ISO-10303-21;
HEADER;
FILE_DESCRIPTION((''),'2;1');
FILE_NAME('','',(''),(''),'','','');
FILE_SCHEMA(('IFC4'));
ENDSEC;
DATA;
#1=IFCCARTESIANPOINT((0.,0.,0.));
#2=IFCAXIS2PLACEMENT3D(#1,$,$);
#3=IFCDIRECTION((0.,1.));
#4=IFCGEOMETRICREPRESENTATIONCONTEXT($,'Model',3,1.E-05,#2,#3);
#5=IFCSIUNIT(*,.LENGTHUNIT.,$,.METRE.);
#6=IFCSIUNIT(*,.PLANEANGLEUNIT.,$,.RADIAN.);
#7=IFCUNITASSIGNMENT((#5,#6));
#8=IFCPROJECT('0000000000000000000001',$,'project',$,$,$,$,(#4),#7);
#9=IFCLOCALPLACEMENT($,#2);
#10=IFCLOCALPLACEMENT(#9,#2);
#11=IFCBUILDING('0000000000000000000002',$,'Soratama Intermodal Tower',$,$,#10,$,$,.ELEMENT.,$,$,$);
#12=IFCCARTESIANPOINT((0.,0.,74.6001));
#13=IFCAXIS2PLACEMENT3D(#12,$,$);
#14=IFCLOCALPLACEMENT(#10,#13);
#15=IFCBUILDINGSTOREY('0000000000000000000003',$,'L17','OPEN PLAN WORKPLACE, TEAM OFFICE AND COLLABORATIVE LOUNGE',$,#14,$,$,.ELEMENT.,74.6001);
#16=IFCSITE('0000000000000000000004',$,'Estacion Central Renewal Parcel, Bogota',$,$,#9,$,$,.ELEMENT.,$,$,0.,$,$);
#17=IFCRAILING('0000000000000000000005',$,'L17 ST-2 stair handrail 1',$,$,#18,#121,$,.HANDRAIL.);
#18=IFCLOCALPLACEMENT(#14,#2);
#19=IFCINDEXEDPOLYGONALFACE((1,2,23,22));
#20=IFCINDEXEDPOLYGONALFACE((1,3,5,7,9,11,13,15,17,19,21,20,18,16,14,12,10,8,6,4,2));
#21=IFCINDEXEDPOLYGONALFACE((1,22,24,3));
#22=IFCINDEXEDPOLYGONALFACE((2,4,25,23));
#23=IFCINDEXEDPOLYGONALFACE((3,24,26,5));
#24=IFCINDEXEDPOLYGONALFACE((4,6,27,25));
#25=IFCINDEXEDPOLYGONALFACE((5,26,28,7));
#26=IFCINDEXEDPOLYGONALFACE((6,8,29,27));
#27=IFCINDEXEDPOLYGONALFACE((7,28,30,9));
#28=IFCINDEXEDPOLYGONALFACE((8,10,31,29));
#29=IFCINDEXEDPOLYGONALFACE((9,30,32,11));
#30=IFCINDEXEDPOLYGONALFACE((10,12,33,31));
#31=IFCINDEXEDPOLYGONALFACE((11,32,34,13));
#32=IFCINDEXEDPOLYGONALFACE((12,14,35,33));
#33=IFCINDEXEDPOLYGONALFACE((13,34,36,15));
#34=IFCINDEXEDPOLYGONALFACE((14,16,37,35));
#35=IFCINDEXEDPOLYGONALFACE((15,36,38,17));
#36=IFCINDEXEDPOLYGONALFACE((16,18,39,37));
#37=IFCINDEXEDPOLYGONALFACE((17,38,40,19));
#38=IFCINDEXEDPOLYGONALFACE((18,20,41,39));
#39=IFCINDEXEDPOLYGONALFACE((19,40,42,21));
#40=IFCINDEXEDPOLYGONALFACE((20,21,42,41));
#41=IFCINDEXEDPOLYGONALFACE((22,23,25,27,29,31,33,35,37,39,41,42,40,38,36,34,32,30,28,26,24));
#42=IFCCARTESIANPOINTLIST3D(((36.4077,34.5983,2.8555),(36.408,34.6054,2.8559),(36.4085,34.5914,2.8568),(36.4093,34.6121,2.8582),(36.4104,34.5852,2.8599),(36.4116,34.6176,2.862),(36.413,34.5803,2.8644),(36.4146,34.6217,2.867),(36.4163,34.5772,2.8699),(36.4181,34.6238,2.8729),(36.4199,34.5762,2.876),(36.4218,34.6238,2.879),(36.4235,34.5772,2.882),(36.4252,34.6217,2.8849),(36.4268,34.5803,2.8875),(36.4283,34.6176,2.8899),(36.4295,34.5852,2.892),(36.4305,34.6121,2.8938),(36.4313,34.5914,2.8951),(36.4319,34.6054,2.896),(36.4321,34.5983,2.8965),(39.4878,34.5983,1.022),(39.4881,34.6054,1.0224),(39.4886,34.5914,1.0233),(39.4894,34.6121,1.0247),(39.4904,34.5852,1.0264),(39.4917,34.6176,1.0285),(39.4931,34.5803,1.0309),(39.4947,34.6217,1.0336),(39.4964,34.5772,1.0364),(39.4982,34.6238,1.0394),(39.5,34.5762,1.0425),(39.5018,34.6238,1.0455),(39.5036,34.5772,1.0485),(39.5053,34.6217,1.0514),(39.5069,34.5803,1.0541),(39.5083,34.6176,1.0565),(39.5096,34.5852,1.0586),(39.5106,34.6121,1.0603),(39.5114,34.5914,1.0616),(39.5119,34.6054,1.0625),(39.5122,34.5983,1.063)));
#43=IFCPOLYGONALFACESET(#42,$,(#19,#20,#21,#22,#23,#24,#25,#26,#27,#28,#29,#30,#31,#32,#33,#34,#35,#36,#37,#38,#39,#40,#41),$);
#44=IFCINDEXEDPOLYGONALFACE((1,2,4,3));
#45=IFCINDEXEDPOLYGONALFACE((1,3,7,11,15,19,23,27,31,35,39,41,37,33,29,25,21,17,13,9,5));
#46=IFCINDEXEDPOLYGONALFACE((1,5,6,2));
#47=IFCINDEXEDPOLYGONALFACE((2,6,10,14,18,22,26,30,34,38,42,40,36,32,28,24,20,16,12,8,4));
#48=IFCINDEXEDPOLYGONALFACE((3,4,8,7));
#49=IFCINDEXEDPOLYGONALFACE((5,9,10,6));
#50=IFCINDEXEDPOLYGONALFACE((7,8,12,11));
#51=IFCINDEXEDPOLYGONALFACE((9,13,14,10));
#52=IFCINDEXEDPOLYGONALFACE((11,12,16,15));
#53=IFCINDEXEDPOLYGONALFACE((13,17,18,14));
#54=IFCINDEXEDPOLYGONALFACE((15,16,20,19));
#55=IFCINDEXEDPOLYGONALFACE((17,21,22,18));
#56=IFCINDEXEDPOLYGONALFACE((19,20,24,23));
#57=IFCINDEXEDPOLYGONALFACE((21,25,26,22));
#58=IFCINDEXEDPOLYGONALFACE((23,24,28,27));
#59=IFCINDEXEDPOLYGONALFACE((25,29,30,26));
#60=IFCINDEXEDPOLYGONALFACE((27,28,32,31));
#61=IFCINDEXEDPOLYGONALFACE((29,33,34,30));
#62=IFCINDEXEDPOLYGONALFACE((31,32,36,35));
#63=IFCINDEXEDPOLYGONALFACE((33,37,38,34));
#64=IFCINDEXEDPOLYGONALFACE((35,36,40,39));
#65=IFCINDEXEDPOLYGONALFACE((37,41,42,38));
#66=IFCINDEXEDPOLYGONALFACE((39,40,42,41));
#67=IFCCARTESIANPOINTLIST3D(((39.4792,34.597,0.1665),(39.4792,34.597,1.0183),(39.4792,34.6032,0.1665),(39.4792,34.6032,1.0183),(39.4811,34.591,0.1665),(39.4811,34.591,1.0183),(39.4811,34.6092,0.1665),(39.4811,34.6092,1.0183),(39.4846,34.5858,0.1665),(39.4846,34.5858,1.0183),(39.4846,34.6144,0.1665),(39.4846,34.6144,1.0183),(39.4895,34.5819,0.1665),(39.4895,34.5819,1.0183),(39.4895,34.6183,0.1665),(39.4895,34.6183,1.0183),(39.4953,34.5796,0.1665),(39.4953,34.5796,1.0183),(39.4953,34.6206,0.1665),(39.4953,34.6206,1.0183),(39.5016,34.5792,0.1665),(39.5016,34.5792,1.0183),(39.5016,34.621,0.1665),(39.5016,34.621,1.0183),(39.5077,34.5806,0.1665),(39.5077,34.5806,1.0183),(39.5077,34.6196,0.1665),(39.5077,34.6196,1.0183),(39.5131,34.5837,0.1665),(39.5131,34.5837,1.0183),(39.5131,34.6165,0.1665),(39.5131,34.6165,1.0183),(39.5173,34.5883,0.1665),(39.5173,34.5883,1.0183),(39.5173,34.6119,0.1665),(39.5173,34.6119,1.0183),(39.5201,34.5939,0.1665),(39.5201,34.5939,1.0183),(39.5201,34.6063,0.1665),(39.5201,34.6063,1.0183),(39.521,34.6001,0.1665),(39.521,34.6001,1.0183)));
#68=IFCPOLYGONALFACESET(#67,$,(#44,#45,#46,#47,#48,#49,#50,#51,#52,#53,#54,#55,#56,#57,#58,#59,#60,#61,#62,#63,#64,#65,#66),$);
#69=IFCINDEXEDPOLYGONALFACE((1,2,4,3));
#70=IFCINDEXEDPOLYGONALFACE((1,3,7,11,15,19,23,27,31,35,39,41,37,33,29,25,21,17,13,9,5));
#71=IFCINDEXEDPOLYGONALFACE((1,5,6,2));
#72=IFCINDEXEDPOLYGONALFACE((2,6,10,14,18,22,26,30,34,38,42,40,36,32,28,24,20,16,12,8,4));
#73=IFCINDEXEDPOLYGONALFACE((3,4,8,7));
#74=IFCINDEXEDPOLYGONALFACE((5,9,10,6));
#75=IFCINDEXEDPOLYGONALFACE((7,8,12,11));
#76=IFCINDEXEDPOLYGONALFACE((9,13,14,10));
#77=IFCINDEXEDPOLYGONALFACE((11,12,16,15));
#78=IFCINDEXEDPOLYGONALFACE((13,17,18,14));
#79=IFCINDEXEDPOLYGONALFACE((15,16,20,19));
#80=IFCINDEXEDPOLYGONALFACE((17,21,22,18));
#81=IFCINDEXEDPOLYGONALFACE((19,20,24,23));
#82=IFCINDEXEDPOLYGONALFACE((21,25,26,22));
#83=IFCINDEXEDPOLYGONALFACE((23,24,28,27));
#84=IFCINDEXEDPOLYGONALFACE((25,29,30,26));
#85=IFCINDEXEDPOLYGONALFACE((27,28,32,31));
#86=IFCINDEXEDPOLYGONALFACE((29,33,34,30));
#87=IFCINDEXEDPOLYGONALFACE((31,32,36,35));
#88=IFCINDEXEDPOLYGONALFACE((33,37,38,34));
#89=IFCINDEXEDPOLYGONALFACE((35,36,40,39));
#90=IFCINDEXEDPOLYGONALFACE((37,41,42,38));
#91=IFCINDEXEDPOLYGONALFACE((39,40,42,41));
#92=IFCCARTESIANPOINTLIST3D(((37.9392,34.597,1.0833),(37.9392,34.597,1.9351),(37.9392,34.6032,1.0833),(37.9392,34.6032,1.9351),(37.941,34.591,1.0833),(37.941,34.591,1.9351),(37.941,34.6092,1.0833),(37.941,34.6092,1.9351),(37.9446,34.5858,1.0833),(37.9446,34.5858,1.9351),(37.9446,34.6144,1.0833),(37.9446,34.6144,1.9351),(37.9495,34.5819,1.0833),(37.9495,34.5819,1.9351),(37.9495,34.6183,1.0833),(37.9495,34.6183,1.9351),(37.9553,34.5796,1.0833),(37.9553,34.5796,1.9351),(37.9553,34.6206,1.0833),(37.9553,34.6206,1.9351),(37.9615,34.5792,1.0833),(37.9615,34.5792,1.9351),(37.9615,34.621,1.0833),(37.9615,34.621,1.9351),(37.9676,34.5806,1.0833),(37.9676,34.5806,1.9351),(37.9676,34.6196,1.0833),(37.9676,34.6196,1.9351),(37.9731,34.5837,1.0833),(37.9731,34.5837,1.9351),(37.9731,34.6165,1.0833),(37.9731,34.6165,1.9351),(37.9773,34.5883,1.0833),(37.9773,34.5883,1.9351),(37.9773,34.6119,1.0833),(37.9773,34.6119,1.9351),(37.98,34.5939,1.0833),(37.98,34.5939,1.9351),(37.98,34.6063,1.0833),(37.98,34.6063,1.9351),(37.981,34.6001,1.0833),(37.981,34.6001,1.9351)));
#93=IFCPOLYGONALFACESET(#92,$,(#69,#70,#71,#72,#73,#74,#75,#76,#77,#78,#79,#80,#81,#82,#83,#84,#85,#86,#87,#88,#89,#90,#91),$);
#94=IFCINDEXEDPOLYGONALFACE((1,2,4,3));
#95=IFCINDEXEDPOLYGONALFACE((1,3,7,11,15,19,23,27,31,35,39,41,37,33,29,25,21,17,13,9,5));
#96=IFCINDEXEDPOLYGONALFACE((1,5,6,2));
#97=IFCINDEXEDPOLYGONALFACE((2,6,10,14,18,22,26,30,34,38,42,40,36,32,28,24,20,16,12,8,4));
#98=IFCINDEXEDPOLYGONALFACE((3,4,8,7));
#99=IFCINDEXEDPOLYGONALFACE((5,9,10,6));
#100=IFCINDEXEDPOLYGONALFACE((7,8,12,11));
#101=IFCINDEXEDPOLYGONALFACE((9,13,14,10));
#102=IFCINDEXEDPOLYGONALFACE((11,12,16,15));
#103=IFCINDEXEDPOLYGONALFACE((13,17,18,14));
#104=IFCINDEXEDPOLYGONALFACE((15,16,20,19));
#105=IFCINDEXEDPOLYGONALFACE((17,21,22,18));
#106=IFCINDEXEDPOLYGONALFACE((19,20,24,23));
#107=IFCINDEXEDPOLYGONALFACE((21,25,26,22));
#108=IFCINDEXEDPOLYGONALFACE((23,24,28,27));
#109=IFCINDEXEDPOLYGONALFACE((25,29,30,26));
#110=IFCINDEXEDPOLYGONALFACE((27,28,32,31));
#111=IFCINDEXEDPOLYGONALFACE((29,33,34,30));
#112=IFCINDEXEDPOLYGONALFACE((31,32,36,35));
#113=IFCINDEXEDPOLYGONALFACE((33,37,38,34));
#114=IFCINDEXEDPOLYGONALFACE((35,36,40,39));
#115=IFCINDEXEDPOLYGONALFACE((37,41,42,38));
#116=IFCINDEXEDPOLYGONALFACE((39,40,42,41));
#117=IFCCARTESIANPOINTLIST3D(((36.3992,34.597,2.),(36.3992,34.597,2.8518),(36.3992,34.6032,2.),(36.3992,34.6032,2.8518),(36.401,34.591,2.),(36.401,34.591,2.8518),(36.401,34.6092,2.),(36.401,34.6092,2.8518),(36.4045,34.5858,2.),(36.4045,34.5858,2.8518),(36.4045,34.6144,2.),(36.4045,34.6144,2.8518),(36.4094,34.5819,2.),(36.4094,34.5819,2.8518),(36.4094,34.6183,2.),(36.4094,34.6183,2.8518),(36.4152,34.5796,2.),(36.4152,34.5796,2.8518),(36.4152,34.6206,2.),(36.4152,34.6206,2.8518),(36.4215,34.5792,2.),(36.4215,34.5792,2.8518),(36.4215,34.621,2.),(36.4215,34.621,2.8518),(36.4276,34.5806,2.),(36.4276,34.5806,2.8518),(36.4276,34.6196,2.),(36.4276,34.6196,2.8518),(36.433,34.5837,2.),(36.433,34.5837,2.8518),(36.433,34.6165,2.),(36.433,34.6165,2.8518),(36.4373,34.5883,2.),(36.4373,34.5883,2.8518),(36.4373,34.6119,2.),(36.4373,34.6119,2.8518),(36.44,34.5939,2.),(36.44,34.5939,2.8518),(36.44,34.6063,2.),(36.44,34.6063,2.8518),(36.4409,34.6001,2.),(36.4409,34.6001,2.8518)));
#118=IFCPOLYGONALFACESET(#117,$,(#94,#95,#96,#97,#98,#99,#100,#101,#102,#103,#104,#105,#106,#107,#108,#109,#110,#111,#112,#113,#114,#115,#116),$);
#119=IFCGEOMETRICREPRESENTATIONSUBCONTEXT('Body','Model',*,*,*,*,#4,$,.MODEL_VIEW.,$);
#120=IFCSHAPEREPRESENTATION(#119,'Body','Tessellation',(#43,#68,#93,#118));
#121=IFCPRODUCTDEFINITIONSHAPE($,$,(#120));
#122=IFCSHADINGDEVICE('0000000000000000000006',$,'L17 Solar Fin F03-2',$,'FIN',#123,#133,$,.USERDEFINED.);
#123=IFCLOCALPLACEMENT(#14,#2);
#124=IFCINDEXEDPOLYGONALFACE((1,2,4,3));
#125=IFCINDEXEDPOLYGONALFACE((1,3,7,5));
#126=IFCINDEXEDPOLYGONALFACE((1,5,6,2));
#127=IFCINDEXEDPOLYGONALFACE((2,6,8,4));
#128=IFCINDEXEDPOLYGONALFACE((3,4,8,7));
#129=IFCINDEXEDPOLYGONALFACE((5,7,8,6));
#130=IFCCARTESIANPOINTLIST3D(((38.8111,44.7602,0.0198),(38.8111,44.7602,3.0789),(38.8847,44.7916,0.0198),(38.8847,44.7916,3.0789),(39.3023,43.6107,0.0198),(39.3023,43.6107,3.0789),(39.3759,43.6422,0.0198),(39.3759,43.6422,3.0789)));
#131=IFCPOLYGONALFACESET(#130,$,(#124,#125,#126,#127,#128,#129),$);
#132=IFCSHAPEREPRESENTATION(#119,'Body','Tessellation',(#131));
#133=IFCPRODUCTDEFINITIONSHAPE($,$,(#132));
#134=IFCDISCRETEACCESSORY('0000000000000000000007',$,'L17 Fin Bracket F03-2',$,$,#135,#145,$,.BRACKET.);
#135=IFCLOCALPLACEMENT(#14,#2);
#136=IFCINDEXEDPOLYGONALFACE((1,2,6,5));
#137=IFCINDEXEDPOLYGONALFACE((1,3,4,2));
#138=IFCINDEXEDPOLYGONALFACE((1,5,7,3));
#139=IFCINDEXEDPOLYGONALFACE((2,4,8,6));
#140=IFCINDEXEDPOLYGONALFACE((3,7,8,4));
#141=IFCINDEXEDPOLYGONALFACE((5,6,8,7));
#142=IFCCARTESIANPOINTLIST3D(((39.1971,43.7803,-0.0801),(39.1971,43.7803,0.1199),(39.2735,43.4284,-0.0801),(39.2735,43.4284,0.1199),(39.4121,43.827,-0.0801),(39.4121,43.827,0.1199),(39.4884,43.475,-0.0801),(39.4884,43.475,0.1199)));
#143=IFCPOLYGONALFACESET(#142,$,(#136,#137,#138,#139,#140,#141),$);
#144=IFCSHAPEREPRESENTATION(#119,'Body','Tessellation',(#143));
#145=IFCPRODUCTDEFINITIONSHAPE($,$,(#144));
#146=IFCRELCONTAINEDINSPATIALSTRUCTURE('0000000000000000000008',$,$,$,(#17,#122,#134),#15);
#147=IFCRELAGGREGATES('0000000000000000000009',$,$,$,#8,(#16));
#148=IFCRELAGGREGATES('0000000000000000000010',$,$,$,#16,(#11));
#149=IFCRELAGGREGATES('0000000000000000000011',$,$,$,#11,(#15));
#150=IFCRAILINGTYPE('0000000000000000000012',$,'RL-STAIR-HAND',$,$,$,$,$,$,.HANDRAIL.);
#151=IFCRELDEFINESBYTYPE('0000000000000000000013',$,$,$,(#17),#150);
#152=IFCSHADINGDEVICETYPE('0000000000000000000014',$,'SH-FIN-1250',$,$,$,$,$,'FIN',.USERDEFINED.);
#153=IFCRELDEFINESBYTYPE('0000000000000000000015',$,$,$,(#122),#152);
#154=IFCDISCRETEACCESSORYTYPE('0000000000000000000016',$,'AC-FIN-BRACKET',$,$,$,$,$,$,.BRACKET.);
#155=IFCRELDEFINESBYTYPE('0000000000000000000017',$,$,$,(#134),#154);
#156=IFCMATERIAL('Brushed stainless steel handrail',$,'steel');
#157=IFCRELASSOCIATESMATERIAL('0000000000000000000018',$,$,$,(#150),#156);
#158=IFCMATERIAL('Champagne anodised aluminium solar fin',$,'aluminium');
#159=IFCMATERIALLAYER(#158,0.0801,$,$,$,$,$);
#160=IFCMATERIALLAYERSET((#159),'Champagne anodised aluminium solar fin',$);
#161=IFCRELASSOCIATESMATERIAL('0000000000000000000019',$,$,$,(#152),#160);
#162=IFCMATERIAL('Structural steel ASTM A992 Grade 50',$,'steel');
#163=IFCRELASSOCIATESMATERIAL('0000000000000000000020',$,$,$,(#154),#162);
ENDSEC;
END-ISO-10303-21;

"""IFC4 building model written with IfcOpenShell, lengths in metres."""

from ifc_helpers import new_model, si_unit, direction, frame, origin, origin_2d, place, context, subcontext, project, spatial, rectangle, circle, extrude, material, layer, layer_set, type_object, element, save


model = new_model("IFC4")

# Units and contexts
model_context = context("Model", 3, precision=1e-05, world=origin(), true_north=direction((0.0, 1.0)))
body_context = subcontext(model_context, "Body", "Model", "MODEL_VIEW")
ifc_project = project(units=[si_unit("LENGTHUNIT", "METRE"), si_unit("PLANEANGLEUNIT", "RADIAN")], contexts=[model_context])

# Site, building, storey
site_placement = place(None, origin())
site = spatial("IfcSite", under=ifc_project, at=site_placement, Name="Estacion Central Renewal Parcel, Bogota", CompositionType="ELEMENT", RefElevation=0.0)
building_placement = place(site_placement, origin())
building = spatial("IfcBuilding", under=site, at=building_placement, Name="Soratama Intermodal Tower", CompositionType="ELEMENT")
storey_placement = place(building_placement, frame((0.0, 0.0, 74.6001)))
storey = spatial("IfcBuildingStorey", under=building, at=storey_placement, Name="L17", Description="OPEN PLAN WORKPLACE, TEAM OFFICE AND COLLABORATIVE LOUNGE", CompositionType="ELEMENT", Elevation=74.6001)

# Railing
ifc_material_1 = material(Name="Brushed stainless steel handrail", Category="steel")
railing_type = type_object("IfcRailingType", Name="RL-STAIR-HAND", PredefinedType="HANDRAIL", material=ifc_material_1)
railing_placement = place(storey_placement, frame((39.5, 34.6001, 0.1665)))
element("IfcRailing", 1, at=railing_placement, inside=storey, type_object=railing_type, Name="L17 ST-2 stair handrail 1", PredefinedType="HANDRAIL", context=body_context, shape_type="SweptSolid", body=[
    extrude(circle(Radius=0.0239, at=origin_2d()), frame((0.0, 0.0, 0.876), z_axis=(-0.859279, 0.0, 0.511508), x_axis=(0.0, -1.0, 0.0)), (0.0, 0.0, 1.0), 3.5845),
    extrude(circle(Radius=0.021, at=origin_2d()), origin(), (0.0, 0.0, 1.0), 0.8518),
    extrude(circle(Radius=0.021, at=origin_2d()), frame((-1.54, 0.0, 0.9167)), (0.0, 0.0, 1.0), 0.8518),
    extrude(circle(Radius=0.021, at=origin_2d()), frame((-3.0801, 0.0, 1.8335)), (0.0, 0.0, 1.0), 0.8518),
])

# Shading device
ifc_material_2 = material(Name="Champagne anodised aluminium solar fin", Category="aluminium")
ifc_layer_1 = layer(ifc_material_2, 0.0801)
ifc_layer_set_1 = layer_set([ifc_layer_1], Name="Champagne anodised aluminium solar fin")
shading_device_type = type_object("IfcShadingDeviceType", Name="SH-FIN-1250", ElementType="FIN", PredefinedType="USERDEFINED", material=ifc_layer_set_1)
shading_device_placement = place(storey_placement, frame((39.0935, 44.2012, 0.0198), z_axis=(0.0, 0.0, 1.0), x_axis=(-0.392979, 0.919547, 0.0)))
element("IfcShadingDevice", 2, at=shading_device_placement, inside=storey, type_object=shading_device_type, Name="L17 Solar Fin F03-2", ObjectType="FIN", PredefinedType="USERDEFINED", context=body_context, shape_type="SweptSolid", body=[
    extrude(rectangle(XDim=1.25, YDim=0.0801, at=origin_2d()), origin(), (0.0, 0.0, 1.0), 3.0591),
])

# Discrete accessory
ifc_material_3 = material(Name="Structural steel ASTM A992 Grade 50", Category="steel")
discrete_accessory_type = type_object("IfcDiscreteAccessoryType", Name="AC-FIN-BRACKET", PredefinedType="BRACKET", material=ifc_material_3)
discrete_accessory_placement = place(storey_placement, frame((39.3428, 43.6277, -0.0801), z_axis=(0.0, 0.0, 1.0), x_axis=(-0.212007, 0.977268, 0.0)))
element("IfcDiscreteAccessory", 3, at=discrete_accessory_placement, inside=storey, type_object=discrete_accessory_type, Name="L17 Fin Bracket F03-2", PredefinedType="BRACKET", context=body_context, shape_type="SweptSolid", body=[
    extrude(rectangle(XDim=0.3601, YDim=0.22, at=origin_2d()), origin(), (0.0, 0.0, 1.0), 0.2),
])

save(model, "model.ifc")
